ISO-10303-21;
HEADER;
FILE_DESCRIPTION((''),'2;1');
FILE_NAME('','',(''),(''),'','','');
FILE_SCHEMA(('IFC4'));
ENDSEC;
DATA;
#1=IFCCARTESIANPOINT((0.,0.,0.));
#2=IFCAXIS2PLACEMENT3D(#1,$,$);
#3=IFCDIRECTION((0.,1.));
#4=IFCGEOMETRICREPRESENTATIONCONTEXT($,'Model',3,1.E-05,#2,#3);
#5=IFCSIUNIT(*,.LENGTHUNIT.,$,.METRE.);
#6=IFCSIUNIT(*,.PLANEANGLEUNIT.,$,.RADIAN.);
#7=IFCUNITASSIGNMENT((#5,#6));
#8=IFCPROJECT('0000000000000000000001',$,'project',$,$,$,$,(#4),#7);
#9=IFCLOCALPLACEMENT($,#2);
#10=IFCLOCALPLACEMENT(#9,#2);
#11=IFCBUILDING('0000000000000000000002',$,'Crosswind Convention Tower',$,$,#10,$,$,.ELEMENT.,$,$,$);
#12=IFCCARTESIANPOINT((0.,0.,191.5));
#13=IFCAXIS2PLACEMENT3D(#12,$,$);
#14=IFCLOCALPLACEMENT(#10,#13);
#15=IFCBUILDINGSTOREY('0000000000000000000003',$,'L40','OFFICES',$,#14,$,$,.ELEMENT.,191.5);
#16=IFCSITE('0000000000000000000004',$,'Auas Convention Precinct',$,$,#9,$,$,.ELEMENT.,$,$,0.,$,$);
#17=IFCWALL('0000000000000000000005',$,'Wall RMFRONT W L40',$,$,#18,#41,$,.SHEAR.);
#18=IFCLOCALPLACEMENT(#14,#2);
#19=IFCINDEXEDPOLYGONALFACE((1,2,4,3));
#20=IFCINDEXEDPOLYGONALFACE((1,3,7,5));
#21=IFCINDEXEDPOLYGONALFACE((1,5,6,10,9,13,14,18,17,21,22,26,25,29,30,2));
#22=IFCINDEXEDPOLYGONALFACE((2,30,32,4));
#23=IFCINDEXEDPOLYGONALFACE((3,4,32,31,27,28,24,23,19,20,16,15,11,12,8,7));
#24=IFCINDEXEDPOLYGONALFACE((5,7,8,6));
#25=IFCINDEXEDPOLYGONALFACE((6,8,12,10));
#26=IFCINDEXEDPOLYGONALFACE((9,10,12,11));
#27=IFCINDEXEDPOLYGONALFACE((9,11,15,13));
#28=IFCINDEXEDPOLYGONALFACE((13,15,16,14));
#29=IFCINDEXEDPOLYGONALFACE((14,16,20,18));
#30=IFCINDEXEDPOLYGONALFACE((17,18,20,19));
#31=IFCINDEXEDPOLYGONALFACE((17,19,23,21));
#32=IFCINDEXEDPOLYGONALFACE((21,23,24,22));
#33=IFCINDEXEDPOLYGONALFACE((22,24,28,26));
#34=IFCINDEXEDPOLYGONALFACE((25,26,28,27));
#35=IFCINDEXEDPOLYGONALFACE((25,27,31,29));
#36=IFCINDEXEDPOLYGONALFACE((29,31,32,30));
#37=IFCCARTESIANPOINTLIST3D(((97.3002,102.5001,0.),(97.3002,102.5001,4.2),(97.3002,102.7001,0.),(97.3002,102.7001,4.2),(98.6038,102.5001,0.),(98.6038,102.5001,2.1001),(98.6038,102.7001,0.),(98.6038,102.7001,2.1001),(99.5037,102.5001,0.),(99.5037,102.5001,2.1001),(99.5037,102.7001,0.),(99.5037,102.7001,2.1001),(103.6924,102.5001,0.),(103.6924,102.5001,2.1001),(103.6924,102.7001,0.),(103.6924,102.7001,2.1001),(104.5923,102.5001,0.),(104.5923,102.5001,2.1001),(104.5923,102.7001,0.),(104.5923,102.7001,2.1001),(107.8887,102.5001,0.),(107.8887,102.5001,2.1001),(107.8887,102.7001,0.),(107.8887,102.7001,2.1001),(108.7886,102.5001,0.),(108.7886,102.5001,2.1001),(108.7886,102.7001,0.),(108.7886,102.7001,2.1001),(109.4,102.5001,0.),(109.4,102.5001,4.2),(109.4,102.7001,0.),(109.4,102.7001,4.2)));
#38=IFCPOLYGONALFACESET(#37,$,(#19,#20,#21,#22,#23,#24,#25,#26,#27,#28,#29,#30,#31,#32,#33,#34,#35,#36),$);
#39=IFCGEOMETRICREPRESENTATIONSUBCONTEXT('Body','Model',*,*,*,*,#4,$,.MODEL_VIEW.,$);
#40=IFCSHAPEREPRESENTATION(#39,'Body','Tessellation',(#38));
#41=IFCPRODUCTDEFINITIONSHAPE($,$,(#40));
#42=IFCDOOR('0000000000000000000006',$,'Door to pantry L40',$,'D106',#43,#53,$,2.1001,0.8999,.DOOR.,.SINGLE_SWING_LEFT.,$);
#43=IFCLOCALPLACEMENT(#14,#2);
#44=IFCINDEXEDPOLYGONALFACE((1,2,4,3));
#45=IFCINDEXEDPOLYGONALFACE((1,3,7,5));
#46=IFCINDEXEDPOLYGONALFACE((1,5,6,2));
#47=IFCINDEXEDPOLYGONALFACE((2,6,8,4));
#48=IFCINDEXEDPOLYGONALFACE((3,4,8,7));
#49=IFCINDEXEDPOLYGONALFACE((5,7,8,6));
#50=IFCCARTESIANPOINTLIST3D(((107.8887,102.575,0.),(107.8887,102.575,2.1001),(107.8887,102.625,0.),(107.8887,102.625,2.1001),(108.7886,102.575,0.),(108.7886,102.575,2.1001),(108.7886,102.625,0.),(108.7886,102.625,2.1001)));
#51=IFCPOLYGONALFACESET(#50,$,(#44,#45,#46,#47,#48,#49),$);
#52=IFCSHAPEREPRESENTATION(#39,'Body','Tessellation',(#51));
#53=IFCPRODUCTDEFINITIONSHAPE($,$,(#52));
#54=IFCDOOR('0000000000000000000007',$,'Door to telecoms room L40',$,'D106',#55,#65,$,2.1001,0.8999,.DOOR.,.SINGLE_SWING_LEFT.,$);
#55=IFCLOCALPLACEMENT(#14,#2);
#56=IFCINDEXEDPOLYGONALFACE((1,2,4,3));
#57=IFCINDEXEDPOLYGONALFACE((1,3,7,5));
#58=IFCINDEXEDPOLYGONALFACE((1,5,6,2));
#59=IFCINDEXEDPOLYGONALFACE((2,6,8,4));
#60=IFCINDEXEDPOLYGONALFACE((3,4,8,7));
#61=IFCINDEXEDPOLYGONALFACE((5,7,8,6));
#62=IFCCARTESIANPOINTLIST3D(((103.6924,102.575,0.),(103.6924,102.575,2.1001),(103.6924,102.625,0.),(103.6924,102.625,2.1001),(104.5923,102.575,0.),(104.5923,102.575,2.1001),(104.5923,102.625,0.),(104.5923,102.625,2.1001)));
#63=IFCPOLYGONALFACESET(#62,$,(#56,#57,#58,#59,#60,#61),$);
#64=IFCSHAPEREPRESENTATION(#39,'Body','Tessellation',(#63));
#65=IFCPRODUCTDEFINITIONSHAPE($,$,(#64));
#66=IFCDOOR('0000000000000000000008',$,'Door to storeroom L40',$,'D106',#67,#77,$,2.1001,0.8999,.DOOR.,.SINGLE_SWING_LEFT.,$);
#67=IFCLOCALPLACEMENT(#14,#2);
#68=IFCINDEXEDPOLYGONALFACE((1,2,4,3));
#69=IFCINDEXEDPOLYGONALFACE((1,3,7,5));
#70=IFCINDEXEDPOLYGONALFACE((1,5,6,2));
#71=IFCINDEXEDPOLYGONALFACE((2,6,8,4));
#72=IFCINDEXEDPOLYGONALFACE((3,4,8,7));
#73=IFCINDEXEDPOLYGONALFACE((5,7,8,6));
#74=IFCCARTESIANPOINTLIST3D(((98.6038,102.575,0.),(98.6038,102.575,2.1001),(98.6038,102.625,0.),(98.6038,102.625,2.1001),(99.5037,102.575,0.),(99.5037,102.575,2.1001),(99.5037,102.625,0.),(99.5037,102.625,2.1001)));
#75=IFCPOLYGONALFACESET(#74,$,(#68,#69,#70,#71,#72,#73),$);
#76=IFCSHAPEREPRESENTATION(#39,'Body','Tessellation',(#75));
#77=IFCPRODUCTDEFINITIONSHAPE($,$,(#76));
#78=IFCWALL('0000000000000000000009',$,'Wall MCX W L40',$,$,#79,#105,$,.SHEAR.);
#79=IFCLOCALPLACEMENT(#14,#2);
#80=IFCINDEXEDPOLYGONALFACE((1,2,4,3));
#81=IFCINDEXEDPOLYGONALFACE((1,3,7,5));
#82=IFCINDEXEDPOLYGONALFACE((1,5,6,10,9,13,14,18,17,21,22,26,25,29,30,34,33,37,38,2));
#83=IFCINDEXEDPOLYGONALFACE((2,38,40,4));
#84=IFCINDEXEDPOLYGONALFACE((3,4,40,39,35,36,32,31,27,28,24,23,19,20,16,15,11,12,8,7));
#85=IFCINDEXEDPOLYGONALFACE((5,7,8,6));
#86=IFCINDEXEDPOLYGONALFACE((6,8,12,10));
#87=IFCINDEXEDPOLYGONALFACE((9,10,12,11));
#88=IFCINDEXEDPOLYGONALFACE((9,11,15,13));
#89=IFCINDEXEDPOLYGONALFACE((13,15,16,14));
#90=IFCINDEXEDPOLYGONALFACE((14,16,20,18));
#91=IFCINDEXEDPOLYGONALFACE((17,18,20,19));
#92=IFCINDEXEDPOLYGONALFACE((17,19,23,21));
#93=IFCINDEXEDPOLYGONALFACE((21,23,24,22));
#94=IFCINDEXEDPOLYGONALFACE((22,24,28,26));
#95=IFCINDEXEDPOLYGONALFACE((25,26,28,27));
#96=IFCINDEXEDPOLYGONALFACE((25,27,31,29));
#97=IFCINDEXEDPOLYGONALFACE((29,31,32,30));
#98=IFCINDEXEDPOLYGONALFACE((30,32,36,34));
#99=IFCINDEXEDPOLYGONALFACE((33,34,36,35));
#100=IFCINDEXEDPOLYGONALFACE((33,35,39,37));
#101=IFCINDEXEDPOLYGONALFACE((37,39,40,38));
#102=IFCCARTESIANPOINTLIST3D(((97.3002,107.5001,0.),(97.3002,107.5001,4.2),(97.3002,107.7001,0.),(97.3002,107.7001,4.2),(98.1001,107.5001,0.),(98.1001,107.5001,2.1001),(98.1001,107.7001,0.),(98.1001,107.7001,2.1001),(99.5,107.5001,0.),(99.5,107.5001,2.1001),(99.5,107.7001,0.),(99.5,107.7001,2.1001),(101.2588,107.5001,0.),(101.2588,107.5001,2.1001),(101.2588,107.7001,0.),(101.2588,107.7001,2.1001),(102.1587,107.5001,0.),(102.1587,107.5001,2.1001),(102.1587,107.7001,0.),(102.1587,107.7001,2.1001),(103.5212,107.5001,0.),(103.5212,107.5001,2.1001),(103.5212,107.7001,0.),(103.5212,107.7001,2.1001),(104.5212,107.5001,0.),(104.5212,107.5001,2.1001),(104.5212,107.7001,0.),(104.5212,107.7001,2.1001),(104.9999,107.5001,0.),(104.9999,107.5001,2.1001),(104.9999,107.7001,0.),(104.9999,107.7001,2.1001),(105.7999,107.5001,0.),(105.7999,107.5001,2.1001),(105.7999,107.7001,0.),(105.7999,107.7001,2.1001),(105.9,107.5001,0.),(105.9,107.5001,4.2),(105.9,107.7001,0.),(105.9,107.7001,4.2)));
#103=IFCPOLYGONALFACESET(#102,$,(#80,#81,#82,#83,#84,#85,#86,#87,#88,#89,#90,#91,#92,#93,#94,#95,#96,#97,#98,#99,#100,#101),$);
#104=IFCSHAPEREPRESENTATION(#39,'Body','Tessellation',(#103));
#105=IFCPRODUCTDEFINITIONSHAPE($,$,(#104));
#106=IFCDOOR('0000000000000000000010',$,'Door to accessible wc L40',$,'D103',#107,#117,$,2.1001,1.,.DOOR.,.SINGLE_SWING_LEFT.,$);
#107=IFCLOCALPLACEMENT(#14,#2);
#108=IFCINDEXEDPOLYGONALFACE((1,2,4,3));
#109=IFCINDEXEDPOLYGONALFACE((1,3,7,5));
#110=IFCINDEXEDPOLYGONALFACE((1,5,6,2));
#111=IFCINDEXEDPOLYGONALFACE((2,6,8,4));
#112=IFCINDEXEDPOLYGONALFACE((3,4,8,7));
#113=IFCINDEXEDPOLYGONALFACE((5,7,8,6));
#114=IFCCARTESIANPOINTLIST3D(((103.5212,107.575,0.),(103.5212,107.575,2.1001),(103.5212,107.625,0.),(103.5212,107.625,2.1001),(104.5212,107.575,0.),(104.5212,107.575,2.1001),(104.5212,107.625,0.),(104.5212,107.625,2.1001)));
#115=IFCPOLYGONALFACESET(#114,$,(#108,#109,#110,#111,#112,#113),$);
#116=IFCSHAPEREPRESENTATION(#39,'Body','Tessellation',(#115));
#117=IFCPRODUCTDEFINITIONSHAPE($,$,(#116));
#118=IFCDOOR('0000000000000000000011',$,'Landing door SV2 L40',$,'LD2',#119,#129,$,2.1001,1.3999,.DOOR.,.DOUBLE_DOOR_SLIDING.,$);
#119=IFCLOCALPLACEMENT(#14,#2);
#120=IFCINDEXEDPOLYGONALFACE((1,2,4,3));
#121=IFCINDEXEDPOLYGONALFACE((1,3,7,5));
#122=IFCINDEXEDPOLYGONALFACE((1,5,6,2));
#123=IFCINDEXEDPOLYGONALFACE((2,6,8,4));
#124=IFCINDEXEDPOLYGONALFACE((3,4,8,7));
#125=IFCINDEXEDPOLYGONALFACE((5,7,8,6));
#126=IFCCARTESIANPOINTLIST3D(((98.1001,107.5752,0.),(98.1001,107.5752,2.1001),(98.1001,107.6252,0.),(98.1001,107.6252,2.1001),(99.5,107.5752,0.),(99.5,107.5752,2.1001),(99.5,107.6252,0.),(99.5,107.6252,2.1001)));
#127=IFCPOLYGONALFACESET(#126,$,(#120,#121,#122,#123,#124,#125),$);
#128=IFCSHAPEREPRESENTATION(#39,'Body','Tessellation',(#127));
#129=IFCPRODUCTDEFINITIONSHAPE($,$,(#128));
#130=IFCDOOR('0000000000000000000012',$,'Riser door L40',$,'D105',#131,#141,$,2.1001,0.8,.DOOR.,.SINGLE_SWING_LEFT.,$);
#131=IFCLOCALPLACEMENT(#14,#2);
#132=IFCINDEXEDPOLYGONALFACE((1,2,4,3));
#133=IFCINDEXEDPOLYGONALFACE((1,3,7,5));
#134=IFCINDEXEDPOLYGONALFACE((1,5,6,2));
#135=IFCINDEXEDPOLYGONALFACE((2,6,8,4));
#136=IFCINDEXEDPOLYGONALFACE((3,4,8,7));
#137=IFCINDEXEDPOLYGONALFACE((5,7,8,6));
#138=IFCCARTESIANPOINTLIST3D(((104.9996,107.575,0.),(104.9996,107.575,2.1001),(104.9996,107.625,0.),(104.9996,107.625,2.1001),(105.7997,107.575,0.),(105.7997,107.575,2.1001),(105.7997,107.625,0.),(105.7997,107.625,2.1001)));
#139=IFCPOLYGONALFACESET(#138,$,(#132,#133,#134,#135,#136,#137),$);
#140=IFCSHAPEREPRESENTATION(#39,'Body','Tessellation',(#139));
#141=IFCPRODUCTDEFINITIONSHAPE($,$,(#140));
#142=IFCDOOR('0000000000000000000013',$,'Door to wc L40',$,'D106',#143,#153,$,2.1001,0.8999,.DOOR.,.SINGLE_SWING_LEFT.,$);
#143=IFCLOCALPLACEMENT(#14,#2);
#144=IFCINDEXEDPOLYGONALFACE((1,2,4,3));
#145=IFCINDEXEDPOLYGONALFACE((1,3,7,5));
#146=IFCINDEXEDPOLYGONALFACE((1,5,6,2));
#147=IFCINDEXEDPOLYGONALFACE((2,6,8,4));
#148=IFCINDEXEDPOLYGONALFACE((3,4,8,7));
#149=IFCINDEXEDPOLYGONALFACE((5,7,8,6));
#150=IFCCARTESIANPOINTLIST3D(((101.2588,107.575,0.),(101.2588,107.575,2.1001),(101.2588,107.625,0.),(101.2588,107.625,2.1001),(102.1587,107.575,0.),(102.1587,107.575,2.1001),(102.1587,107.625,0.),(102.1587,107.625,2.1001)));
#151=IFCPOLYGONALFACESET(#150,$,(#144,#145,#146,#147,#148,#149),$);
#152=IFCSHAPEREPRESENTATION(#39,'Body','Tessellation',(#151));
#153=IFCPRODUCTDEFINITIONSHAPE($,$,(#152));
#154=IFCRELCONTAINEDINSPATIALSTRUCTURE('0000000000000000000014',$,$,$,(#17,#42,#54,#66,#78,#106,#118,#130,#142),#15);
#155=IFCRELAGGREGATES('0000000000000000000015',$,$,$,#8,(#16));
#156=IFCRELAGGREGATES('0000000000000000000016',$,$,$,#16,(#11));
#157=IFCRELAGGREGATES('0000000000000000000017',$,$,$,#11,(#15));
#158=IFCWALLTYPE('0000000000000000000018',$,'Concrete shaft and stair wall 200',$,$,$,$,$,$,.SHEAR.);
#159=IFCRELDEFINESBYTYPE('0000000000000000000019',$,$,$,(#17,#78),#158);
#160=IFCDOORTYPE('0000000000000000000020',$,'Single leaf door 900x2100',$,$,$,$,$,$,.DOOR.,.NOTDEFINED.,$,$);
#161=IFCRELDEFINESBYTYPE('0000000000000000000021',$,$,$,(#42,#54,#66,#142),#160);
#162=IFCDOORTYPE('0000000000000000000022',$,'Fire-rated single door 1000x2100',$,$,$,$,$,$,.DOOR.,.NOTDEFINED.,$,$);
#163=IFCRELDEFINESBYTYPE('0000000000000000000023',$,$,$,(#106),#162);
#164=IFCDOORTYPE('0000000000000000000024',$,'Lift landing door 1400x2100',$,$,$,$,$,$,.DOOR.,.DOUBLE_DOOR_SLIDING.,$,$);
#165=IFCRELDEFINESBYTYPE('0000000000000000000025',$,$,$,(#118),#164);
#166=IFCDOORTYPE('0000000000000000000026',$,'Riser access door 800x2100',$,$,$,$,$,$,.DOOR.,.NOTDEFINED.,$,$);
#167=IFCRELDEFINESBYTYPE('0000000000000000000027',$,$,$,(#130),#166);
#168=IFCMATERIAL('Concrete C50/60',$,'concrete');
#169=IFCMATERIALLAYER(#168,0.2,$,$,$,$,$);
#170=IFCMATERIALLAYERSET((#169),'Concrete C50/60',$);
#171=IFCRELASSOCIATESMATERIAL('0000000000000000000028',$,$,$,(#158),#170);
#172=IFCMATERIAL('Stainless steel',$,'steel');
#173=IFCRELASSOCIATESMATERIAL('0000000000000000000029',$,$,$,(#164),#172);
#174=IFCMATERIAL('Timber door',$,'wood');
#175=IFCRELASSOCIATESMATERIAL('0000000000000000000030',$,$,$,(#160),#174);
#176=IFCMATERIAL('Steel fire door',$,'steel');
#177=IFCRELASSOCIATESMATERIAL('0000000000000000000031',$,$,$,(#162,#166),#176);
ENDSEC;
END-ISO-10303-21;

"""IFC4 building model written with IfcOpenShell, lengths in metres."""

from ifc_helpers import new_model, si_unit, direction, frame, frame_2d, origin, place, context, subcontext, project, spatial, rectangle, extrude, material, layer, layer_set, type_object, element, fill, save


model = new_model("IFC4")

# Units and contexts
model_context = context("Model", 3, precision=1e-05, world=origin(), true_north=direction((0.0, 1.0)))
body_context = subcontext(model_context, "Body", "Model", "MODEL_VIEW")
ifc_project = project(units=[si_unit("LENGTHUNIT", "METRE"), si_unit("PLANEANGLEUNIT", "RADIAN")], contexts=[model_context])

# Site, building, storey
site_placement = place(None, origin())
site = spatial("IfcSite", under=ifc_project, at=site_placement, Name="Auas Convention Precinct", CompositionType="ELEMENT", RefElevation=0.0)
building_placement = place(site_placement, origin())
building = spatial("IfcBuilding", under=site, at=building_placement, Name="Crosswind Convention Tower", CompositionType="ELEMENT")
storey_placement = place(building_placement, frame((0.0, 0.0, 191.5)))
storey = spatial("IfcBuildingStorey", under=building, at=storey_placement, Name="L40", Description="OFFICES", CompositionType="ELEMENT", Elevation=191.5)

# Shared definitions
ifc_material_1 = material(Name="Concrete C50/60", Category="concrete")
ifc_layer_1 = layer(ifc_material_1, 0.2)
ifc_layer_set_1 = layer_set([ifc_layer_1], Name="Concrete C50/60")
wall_type_1 = type_object("IfcWallType", Name="Concrete shaft and stair wall 200", PredefinedType="SHEAR", material=ifc_layer_set_1)

# Shared definitions
ifc_material_2 = material(Name="Stainless steel", Category="steel")
door_type_1 = type_object("IfcDoorType", Name="Lift landing door 1400x2100", OperationType="DOUBLE_DOOR_SLIDING", PredefinedType="DOOR", material=ifc_material_2)

# Walls, openings, doors
wall_1_placement = place(storey_placement, frame((109.3999, 102.6001, 0.0), z_axis=(0.0, 0.0, 1.0), x_axis=(-1.0, 0.0, 0.0)))
wall_1 = element("IfcWall", 1, at=wall_1_placement, inside=storey, type_object=wall_type_1, Name="Wall RMFRONT W L40", PredefinedType="SHEAR", context=body_context, shape_type="SweptSolid", body=[
    extrude(rectangle(XDim=12.0999, YDim=0.2, at=frame_2d((6.0498, 0.0))), origin(), (0.0, 0.0, 1.0), 4.2),
])
opening_1_placement = place(wall_1_placement, frame((0.6113, 0.0, 0.0)))
opening_1 = element("IfcOpeningElement", 2, at=opening_1_placement, cuts=wall_1, PredefinedType="OPENING", context=body_context, shape_type="SweptSolid", body=[
    extrude(rectangle(XDim=0.8999, YDim=2.1001, at=frame_2d((0.45, 1.05))), frame((0.0, 0.1099, 0.0), z_axis=(0.0, -1.0, 0.0), x_axis=(1.0, 0.0, 0.0)), (0.0, 0.0, 1.0), 0.22),
])
opening_2_placement = place(wall_1_placement, frame((4.8076, 0.0, 0.0)))
opening_2 = element("IfcOpeningElement", 3, at=opening_2_placement, cuts=wall_1, PredefinedType="OPENING", context=body_context, shape_type="SweptSolid", body=[
    extrude(rectangle(XDim=0.8999, YDim=2.1001, at=frame_2d((0.45, 1.05))), frame((0.0, 0.1099, 0.0), z_axis=(0.0, -1.0, 0.0), x_axis=(1.0, 0.0, 0.0)), (0.0, 0.0, 1.0), 0.22),
])
opening_3_placement = place(wall_1_placement, frame((9.8962, 0.0, 0.0)))
opening_3 = element("IfcOpeningElement", 4, at=opening_3_placement, cuts=wall_1, PredefinedType="OPENING", context=body_context, shape_type="SweptSolid", body=[
    extrude(rectangle(XDim=0.8999, YDim=2.1001, at=frame_2d((0.45, 1.05))), frame((0.0, 0.1099, 0.0), z_axis=(0.0, -1.0, 0.0), x_axis=(1.0, 0.0, 0.0)), (0.0, 0.0, 1.0), 0.22),
])
ifc_material_3 = material(Name="Timber door", Category="wood")
door_type_2 = type_object("IfcDoorType", Name="Single leaf door 900x2100", OperationType="NOTDEFINED", PredefinedType="DOOR", material=ifc_material_3)
door_1_placement = place(opening_1_placement, frame((0.8999, 0.0, 0.0), z_axis=(0.0, 0.0, 1.0), x_axis=(-1.0, 0.0, 0.0)))
door_1 = element("IfcDoor", 5, at=door_1_placement, inside=storey, type_object=door_type_2, Name="Door to pantry L40", ObjectType="D106", OperationType="SINGLE_SWING_LEFT", OverallHeight=2.1001, OverallWidth=0.8999, PredefinedType="DOOR", context=body_context, shape_type="SweptSolid", body=[
    extrude(rectangle(XDim=0.8999, YDim=2.1001, at=frame_2d((0.45, 1.05))), frame((0.0, 0.0249, 0.0), z_axis=(0.0, -1.0, 0.0), x_axis=(1.0, 0.0, 0.0)), (0.0, 0.0, 1.0), 0.05),
])
fill(opening_1, door_1)
door_2_placement = place(opening_2_placement, frame((0.8999, 0.0, 0.0), z_axis=(0.0, 0.0, 1.0), x_axis=(-1.0, 0.0, 0.0)))
door_2 = element("IfcDoor", 6, at=door_2_placement, inside=storey, type_object=door_type_2, Name="Door to telecoms room L40", ObjectType="D106", OperationType="SINGLE_SWING_LEFT", OverallHeight=2.1001, OverallWidth=0.8999, PredefinedType="DOOR", context=body_context, shape_type="SweptSolid", body=[
    extrude(rectangle(XDim=0.8999, YDim=2.1001, at=frame_2d((0.45, 1.05))), frame((0.0, 0.0249, 0.0), z_axis=(0.0, -1.0, 0.0), x_axis=(1.0, 0.0, 0.0)), (0.0, 0.0, 1.0), 0.05),
])
fill(opening_2, door_2)
door_3_placement = place(opening_3_placement, frame((0.8999, 0.0, 0.0), z_axis=(0.0, 0.0, 1.0), x_axis=(-1.0, 0.0, 0.0)))
door_3 = element("IfcDoor", 7, at=door_3_placement, inside=storey, type_object=door_type_2, Name="Door to storeroom L40", ObjectType="D106", OperationType="SINGLE_SWING_LEFT", OverallHeight=2.1001, OverallWidth=0.8999, PredefinedType="DOOR", context=body_context, shape_type="SweptSolid", body=[
    extrude(rectangle(XDim=0.8999, YDim=2.1001, at=frame_2d((0.45, 1.05))), frame((0.0, 0.0249, 0.0), z_axis=(0.0, -1.0, 0.0), x_axis=(1.0, 0.0, 0.0)), (0.0, 0.0, 1.0), 0.05),
])
fill(opening_3, door_3)
wall_2_placement = place(storey_placement, frame((105.8999, 107.6001, 0.0), z_axis=(0.0, 0.0, 1.0), x_axis=(-1.0, 0.0, 0.0)))
wall_2 = element("IfcWall", 8, at=wall_2_placement, inside=storey, type_object=wall_type_1, Name="Wall MCX W L40", PredefinedType="SHEAR", context=body_context, shape_type="SweptSolid", body=[
    extrude(rectangle(XDim=8.5999, YDim=0.2, at=frame_2d((4.2998, 0.0))), origin(), (0.0, 0.0, 1.0), 4.2),
])
opening_4_placement = place(wall_2_placement, frame((0.1001, 0.0, 0.0)))
opening_4 = element("IfcOpeningElement", 9, at=opening_4_placement, cuts=wall_2, PredefinedType="OPENING", context=body_context, shape_type="SweptSolid", body=[
    extrude(rectangle(XDim=0.8, YDim=2.1001, at=frame_2d((0.3999, 1.05))), frame((0.0, 0.1099, 0.0), z_axis=(0.0, -1.0, 0.0), x_axis=(1.0, 0.0, 0.0)), (0.0, 0.0, 1.0), 0.22),
])
opening_5_placement = place(wall_2_placement, frame((1.3787, 0.0, 0.0)))
opening_5 = element("IfcOpeningElement", 10, at=opening_5_placement, cuts=wall_2, PredefinedType="OPENING", context=body_context, shape_type="SweptSolid", body=[
    extrude(rectangle(XDim=1.0, YDim=2.1001, at=frame_2d((0.5, 1.05))), frame((0.0, 0.1099, 0.0), z_axis=(0.0, -1.0, 0.0), x_axis=(1.0, 0.0, 0.0)), (0.0, 0.0, 1.0), 0.22),
])
opening_6_placement = place(wall_2_placement, frame((3.7412, 0.0, 0.0)))
opening_6 = element("IfcOpeningElement", 11, at=opening_6_placement, cuts=wall_2, PredefinedType="OPENING", context=body_context, shape_type="SweptSolid", body=[
    extrude(rectangle(XDim=0.8999, YDim=2.1001, at=frame_2d((0.45, 1.05))), frame((0.0, 0.1099, 0.0), z_axis=(0.0, -1.0, 0.0), x_axis=(1.0, 0.0, 0.0)), (0.0, 0.0, 1.0), 0.22),
])
opening_7_placement = place(wall_2_placement, frame((6.3999, 0.0, 0.0)))
opening_7 = element("IfcOpeningElement", 12, at=opening_7_placement, cuts=wall_2, PredefinedType="OPENING", context=body_context, shape_type="SweptSolid", body=[
    extrude(rectangle(XDim=1.3999, YDim=2.1001, at=frame_2d((0.7, 1.05))), frame((0.0, 0.1099, 0.0), z_axis=(0.0, -1.0, 0.0), x_axis=(1.0, 0.0, 0.0)), (0.0, 0.0, 1.0), 0.22),
])
ifc_material_4 = material(Name="Steel fire door", Category="steel")
door_type_3 = type_object("IfcDoorType", Name="Fire-rated single door 1000x2100", OperationType="NOTDEFINED", PredefinedType="DOOR", material=ifc_material_4)
door_4_placement = place(opening_5_placement, frame((1.0, 0.0, 0.0), z_axis=(0.0, 0.0, 1.0), x_axis=(-1.0, 0.0, 0.0)))
door_4 = element("IfcDoor", 13, at=door_4_placement, inside=storey, type_object=door_type_3, Name="Door to accessible wc L40", ObjectType="D103", OperationType="SINGLE_SWING_LEFT", OverallHeight=2.1001, OverallWidth=1.0, PredefinedType="DOOR", context=body_context, shape_type="SweptSolid", body=[
    extrude(rectangle(XDim=1.0, YDim=2.1001, at=frame_2d((0.5, 1.05))), frame((0.0, 0.0249, 0.0), z_axis=(0.0, -1.0, 0.0), x_axis=(1.0, 0.0, 0.0)), (0.0, 0.0, 1.0), 0.05),
])
fill(opening_5, door_4)
door_5_placement = place(opening_7_placement, origin())
door_5 = element("IfcDoor", 14, at=door_5_placement, inside=storey, type_object=door_type_1, Name="Landing door SV2 L40", ObjectType="LD2", OperationType="DOUBLE_DOOR_SLIDING", OverallHeight=2.1001, OverallWidth=1.3999, PredefinedType="DOOR", context=body_context, shape_type="SweptSolid", body=[
    extrude(rectangle(XDim=1.3999, YDim=2.1001, at=frame_2d((0.7, 1.05))), frame((0.0, 0.0249, 0.0), z_axis=(0.0, -1.0, 0.0), x_axis=(1.0, 0.0, 0.0)), (0.0, 0.0, 1.0), 0.05),
])
fill(opening_7, door_5)
door_type_4 = type_object("IfcDoorType", Name="Riser access door 800x2100", OperationType="NOTDEFINED", PredefinedType="DOOR", material=ifc_material_4)
door_6_placement = place(opening_4_placement, frame((0.8, 0.0, 0.0), z_axis=(0.0, 0.0, 1.0), x_axis=(-1.0, 0.0, 0.0)))
door_6 = element("IfcDoor", 15, at=door_6_placement, inside=storey, type_object=door_type_4, Name="Riser door L40", ObjectType="D105", OperationType="SINGLE_SWING_LEFT", OverallHeight=2.1001, OverallWidth=0.8, PredefinedType="DOOR", context=body_context, shape_type="SweptSolid", body=[
    extrude(rectangle(XDim=0.8, YDim=2.1001, at=frame_2d((0.3999, 1.05))), frame((0.0, 0.0249, 0.0), z_axis=(0.0, -1.0, 0.0), x_axis=(1.0, 0.0, 0.0)), (0.0, 0.0, 1.0), 0.05),
])
fill(opening_4, door_6)
door_7_placement = place(opening_6_placement, frame((0.8999, 0.0, 0.0), z_axis=(0.0, 0.0, 1.0), x_axis=(-1.0, 0.0, 0.0)))
door_7 = element("IfcDoor", 16, at=door_7_placement, inside=storey, type_object=door_type_2, Name="Door to wc L40", ObjectType="D106", OperationType="SINGLE_SWING_LEFT", OverallHeight=2.1001, OverallWidth=0.8999, PredefinedType="DOOR", context=body_context, shape_type="SweptSolid", body=[
    extrude(rectangle(XDim=0.8999, YDim=2.1001, at=frame_2d((0.45, 1.05))), frame((0.0, 0.0249, 0.0), z_axis=(0.0, -1.0, 0.0), x_axis=(1.0, 0.0, 0.0)), (0.0, 0.0, 1.0), 0.05),
])
fill(opening_6, door_7)

save(model, "model.ifc")
